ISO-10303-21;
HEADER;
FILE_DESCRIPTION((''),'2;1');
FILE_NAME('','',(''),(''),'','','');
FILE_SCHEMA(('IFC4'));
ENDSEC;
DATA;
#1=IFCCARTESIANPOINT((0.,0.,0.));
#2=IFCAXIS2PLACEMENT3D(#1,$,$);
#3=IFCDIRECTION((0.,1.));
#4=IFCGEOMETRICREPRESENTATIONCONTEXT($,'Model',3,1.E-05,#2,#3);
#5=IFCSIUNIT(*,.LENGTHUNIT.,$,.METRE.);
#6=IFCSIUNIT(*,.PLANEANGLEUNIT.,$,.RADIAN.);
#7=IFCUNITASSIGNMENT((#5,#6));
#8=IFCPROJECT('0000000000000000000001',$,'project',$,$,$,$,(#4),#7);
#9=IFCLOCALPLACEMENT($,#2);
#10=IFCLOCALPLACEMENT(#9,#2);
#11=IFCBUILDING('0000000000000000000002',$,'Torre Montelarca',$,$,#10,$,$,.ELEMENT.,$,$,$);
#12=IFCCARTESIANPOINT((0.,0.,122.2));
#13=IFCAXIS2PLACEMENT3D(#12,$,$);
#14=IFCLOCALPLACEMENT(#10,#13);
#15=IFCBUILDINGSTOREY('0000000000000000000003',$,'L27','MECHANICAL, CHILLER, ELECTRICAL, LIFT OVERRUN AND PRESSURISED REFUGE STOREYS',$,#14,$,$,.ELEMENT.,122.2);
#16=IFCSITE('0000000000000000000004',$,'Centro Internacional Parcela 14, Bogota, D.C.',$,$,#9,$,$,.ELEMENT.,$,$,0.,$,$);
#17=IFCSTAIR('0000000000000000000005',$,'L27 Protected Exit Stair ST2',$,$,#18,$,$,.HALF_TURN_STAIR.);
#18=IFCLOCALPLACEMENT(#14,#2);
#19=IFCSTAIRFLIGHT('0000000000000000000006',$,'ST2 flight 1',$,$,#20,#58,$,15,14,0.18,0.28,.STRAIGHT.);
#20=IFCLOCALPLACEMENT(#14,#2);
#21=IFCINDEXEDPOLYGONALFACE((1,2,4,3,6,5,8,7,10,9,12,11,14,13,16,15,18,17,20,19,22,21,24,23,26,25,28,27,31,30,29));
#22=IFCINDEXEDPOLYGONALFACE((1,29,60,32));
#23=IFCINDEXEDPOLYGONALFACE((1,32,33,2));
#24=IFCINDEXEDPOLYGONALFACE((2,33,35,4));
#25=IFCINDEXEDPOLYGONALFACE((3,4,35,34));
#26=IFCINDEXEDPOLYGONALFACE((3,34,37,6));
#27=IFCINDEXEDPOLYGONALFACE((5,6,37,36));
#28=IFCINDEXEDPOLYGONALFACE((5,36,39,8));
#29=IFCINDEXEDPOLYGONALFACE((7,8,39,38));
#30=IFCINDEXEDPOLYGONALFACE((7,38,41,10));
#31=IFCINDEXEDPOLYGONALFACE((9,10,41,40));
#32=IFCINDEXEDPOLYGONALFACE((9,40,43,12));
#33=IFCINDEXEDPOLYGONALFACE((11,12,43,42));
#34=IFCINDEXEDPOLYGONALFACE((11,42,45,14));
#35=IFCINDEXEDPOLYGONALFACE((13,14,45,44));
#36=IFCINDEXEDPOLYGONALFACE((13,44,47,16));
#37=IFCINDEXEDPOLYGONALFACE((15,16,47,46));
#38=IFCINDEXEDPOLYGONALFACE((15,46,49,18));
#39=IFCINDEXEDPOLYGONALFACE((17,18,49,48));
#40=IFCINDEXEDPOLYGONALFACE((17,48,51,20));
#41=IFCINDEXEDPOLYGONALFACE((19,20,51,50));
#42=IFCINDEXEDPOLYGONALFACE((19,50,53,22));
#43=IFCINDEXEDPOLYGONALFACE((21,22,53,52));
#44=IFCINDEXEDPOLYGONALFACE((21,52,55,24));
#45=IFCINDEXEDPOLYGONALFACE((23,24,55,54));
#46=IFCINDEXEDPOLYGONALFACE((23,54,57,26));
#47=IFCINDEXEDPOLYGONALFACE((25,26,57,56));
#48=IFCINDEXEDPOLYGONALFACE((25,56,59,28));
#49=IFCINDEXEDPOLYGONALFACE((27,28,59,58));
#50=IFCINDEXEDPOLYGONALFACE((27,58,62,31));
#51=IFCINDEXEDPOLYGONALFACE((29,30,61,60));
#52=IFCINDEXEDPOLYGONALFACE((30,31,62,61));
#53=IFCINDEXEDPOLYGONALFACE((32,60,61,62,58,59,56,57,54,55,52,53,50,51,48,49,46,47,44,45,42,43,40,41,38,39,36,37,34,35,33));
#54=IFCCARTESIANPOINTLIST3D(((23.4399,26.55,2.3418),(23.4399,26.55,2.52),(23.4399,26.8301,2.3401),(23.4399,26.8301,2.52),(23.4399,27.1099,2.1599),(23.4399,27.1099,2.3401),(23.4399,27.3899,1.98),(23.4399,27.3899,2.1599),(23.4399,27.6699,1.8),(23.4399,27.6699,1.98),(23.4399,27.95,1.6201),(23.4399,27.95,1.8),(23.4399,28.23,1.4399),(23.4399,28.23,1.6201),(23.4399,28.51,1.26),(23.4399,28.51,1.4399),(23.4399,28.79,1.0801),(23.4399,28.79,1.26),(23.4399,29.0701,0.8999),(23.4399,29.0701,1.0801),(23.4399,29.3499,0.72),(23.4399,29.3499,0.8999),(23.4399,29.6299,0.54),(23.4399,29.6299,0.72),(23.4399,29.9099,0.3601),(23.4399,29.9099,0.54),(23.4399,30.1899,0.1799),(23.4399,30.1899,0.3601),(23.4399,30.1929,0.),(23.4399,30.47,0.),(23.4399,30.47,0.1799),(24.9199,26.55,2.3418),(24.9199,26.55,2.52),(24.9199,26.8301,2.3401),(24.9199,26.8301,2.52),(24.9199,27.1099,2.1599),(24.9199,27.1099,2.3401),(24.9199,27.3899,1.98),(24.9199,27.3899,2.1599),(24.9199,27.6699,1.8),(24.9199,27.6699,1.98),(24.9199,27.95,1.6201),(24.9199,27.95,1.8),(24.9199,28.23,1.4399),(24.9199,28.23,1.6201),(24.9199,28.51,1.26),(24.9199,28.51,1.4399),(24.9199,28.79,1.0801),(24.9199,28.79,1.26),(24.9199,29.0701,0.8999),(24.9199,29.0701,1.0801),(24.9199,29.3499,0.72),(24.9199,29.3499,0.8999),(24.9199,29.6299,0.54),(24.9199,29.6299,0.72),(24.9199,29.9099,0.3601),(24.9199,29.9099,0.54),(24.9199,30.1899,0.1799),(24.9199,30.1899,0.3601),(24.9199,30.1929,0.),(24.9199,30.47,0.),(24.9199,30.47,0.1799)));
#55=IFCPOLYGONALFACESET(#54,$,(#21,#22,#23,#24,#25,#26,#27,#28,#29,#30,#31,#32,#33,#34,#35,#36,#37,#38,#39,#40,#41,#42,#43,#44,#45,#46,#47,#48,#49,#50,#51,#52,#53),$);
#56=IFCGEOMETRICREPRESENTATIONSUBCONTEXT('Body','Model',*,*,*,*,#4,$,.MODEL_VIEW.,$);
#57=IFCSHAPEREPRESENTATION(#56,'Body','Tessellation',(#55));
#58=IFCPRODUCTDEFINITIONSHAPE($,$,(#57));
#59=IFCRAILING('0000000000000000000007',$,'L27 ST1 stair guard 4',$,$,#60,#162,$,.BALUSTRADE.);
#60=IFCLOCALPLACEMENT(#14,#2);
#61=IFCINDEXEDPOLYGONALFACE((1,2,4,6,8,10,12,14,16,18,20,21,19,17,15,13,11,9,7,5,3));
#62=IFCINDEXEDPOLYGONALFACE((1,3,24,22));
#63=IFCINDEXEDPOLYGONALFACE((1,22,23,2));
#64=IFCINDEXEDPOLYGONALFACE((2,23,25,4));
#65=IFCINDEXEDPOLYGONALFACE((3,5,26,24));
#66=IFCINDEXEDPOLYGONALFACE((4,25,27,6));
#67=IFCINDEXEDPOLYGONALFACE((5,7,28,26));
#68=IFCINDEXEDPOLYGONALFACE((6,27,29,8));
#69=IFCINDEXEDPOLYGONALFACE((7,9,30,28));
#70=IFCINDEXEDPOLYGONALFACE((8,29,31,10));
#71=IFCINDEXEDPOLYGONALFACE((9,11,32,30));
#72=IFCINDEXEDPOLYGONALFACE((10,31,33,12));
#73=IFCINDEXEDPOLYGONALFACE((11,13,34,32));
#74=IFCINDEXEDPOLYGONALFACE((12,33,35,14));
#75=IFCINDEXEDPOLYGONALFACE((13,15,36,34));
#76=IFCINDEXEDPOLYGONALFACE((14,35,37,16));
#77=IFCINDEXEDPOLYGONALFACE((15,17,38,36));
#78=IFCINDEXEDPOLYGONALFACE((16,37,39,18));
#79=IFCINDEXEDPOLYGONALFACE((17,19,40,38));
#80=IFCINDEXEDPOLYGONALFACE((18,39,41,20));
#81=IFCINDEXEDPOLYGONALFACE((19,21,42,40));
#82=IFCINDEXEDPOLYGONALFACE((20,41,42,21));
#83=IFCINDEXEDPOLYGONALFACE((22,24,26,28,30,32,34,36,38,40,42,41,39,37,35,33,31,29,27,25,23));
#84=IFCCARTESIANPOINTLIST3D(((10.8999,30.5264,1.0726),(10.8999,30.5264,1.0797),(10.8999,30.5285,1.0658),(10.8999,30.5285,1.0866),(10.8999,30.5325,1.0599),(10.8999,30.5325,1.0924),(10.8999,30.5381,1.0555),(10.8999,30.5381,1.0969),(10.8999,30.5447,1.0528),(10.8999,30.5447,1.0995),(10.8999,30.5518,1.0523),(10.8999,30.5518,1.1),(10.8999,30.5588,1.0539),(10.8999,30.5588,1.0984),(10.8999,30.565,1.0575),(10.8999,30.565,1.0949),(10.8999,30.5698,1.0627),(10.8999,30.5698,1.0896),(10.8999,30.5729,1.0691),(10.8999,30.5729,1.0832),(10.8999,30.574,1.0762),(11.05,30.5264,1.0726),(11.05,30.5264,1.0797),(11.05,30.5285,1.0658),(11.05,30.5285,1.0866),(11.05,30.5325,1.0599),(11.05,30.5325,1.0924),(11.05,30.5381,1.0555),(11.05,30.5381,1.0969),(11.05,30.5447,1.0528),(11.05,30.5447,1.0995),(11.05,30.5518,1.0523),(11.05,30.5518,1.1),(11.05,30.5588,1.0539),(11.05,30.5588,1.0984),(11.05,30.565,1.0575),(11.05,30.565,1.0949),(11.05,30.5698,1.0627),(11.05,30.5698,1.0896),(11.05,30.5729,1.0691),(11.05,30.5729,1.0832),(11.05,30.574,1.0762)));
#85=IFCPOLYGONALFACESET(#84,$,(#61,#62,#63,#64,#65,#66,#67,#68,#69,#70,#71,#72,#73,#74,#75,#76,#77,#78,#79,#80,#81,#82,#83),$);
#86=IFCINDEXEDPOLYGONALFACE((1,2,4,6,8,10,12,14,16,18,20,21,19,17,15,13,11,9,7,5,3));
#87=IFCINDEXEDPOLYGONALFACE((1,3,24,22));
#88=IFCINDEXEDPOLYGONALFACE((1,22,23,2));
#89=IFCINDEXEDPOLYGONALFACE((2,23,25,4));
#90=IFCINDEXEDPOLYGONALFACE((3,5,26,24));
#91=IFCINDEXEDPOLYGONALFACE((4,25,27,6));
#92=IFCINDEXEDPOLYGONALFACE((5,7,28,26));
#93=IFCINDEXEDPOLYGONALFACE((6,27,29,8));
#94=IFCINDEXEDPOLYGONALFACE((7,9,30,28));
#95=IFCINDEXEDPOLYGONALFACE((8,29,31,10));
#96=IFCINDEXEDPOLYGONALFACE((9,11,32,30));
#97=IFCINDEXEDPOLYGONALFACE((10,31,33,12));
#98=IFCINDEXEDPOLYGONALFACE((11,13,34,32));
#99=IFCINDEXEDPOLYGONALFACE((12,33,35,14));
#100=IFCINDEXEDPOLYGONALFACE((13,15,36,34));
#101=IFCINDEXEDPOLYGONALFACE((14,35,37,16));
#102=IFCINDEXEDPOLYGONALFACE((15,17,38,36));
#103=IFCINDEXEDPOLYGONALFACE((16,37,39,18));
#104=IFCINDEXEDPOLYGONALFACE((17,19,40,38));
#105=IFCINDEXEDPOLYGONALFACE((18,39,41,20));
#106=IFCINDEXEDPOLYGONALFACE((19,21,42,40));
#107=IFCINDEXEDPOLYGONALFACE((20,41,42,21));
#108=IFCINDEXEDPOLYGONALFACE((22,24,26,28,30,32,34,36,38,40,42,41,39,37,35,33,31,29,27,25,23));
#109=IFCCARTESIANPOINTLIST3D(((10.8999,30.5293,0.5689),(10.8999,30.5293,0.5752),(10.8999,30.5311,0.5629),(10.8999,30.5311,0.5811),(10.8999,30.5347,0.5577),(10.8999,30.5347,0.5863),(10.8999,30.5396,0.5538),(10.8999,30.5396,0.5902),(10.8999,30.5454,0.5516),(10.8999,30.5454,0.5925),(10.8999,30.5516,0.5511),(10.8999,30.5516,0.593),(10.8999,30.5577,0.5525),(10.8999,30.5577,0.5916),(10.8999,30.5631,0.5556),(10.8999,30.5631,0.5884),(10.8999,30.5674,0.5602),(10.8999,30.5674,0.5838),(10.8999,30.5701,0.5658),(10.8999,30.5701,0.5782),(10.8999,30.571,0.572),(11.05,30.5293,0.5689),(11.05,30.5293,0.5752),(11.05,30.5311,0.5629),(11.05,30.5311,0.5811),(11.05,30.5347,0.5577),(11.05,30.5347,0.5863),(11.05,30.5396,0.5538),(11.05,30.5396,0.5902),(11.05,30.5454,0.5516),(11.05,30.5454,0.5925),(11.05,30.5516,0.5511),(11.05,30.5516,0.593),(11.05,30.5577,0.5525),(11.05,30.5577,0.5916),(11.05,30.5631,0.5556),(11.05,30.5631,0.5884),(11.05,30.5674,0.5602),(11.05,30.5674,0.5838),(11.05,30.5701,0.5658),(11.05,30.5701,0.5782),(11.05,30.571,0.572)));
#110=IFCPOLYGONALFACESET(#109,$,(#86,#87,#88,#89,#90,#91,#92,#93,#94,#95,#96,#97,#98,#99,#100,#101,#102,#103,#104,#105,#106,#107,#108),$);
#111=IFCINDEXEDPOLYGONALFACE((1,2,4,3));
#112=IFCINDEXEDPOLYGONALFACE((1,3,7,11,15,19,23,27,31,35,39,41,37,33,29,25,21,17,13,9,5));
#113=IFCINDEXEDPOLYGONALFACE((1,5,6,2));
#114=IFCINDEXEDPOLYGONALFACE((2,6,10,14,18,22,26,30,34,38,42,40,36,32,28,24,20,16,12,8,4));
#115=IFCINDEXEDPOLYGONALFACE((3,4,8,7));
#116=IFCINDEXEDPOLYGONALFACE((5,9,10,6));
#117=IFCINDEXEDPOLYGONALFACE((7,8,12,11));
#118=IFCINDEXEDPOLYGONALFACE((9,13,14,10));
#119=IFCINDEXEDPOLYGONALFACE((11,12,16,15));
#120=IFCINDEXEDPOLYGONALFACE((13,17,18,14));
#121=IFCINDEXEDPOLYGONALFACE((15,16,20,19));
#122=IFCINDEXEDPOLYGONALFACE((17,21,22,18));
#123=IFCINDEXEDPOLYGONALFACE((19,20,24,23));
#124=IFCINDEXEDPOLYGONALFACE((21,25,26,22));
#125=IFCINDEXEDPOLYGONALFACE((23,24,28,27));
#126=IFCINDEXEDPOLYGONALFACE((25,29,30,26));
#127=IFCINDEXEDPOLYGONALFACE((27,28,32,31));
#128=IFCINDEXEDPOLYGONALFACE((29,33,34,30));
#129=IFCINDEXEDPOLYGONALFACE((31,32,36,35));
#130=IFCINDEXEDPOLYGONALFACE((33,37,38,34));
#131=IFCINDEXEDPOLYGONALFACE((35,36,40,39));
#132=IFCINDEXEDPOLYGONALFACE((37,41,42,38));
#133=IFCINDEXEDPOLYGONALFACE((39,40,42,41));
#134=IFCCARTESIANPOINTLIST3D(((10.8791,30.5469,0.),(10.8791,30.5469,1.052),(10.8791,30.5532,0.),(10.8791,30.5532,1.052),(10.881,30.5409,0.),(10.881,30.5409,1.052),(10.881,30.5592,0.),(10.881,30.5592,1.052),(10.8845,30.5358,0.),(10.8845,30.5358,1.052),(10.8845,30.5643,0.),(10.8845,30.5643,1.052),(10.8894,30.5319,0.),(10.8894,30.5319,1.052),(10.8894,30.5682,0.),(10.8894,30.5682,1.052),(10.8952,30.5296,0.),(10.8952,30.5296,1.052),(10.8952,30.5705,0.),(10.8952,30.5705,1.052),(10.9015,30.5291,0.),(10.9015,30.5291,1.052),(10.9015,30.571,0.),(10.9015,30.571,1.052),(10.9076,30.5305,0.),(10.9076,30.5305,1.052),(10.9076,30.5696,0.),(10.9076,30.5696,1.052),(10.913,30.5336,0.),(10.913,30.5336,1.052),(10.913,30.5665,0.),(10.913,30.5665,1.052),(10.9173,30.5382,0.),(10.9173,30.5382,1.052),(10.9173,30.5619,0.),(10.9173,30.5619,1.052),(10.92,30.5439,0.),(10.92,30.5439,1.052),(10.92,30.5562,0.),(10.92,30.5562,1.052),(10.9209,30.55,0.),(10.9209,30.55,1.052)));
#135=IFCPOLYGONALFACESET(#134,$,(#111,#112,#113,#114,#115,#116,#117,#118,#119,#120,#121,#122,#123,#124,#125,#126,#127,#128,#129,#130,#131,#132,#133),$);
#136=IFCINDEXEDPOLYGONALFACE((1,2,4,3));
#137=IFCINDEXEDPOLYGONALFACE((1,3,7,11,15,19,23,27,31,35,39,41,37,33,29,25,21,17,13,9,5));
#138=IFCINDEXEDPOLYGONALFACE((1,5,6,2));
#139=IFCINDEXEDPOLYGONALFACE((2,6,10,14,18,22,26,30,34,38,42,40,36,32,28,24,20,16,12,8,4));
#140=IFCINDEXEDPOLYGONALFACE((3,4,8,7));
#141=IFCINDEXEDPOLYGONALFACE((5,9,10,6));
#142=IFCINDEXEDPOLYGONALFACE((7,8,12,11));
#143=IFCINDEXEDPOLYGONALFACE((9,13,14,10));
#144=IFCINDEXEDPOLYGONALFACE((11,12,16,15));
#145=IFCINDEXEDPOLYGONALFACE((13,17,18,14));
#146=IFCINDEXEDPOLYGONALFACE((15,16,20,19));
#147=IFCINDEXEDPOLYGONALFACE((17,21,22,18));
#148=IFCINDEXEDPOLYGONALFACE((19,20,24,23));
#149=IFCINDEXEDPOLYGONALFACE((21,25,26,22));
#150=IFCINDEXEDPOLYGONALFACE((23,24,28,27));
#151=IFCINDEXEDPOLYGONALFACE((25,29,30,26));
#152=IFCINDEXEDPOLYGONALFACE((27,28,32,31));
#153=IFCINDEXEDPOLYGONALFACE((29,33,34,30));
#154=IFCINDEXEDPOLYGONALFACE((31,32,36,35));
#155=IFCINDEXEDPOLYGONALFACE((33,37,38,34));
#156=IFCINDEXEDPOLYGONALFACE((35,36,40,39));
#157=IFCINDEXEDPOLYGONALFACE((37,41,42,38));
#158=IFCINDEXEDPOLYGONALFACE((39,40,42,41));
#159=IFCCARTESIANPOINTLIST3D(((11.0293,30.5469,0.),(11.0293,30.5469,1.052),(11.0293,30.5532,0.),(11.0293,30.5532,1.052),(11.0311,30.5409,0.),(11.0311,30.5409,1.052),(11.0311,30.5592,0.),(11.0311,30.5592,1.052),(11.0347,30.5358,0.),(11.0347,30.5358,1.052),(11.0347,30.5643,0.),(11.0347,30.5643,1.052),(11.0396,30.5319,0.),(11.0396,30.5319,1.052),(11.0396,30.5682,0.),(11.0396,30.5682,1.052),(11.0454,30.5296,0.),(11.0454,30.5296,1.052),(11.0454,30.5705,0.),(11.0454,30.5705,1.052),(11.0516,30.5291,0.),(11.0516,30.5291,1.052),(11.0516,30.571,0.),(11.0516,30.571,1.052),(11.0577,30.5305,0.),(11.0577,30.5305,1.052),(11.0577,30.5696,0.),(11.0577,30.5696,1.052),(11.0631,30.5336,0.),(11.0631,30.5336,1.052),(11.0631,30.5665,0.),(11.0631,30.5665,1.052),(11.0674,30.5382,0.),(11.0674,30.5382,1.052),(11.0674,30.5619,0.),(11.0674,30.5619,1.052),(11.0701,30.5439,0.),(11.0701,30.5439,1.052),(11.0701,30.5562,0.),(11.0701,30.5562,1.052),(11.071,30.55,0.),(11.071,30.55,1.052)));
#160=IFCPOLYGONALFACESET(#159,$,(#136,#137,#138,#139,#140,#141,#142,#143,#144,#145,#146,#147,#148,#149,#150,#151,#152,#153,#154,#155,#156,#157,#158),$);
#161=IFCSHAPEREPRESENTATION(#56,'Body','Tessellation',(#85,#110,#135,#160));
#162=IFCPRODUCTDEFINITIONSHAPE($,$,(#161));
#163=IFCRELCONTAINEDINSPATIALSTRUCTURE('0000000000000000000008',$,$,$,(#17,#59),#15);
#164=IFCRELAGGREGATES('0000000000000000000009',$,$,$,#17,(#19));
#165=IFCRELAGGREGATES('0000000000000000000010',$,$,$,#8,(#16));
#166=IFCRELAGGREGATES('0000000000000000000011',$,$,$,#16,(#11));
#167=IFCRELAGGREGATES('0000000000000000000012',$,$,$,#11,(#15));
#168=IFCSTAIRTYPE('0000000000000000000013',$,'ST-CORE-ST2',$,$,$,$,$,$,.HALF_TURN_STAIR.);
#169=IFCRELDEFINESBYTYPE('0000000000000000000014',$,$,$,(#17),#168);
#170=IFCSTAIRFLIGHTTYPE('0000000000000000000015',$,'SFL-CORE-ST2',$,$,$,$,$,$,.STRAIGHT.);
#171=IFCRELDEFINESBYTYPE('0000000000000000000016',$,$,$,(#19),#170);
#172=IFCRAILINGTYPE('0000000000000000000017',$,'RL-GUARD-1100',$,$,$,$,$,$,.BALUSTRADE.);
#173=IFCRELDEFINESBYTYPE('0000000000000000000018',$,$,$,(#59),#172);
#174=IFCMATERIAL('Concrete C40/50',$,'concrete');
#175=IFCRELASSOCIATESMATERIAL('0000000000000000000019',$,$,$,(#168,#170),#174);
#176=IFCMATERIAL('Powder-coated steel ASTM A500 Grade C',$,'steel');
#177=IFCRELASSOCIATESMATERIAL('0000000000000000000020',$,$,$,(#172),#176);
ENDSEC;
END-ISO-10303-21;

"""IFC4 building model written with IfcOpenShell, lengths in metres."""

from ifc_helpers import new_model, si_unit, direction, frame, origin, origin_2d, place, context, subcontext, project, spatial, polyline, circle, outline, extrude, material, type_object, element, aggregate, save


model = new_model("IFC4")

# Units and contexts
model_context = context("Model", 3, precision=1e-05, world=origin(), true_north=direction((0.0, 1.0)))
body_context = subcontext(model_context, "Body", "Model", "MODEL_VIEW")
ifc_project = project(units=[si_unit("LENGTHUNIT", "METRE"), si_unit("PLANEANGLEUNIT", "RADIAN")], contexts=[model_context])

# Site, building, storey
site_placement = place(None, origin())
site = spatial("IfcSite", under=ifc_project, at=site_placement, Name="Centro Internacional Parcela 14, Bogota, D.C.", CompositionType="ELEMENT", RefElevation=0.0)
building_placement = place(site_placement, origin())
building = spatial("IfcBuilding", under=site, at=building_placement, Name="Torre Montelarca", CompositionType="ELEMENT")
storey_placement = place(building_placement, frame((0.0, 0.0, 122.2)))
storey = spatial("IfcBuildingStorey", under=building, at=storey_placement, Name="L27", Description="MECHANICAL, CHILLER, ELECTRICAL, LIFT OVERRUN AND PRESSURISED REFUGE STOREYS", CompositionType="ELEMENT", Elevation=122.2)

# Shared definitions
ifc_material_1 = material(Name="Concrete C40/50", Category="concrete")

# Stair, stair flight
stair_type_1 = type_object("IfcStairType", Name="ST-CORE-ST2", PredefinedType="HALF_TURN_STAIR", material=ifc_material_1)
stair_1_placement = place(storey_placement, origin())
stair_1 = element("IfcStair", 1, at=stair_1_placement, inside=storey, type_object=stair_type_1, Name="L27 Protected Exit Stair ST2", PredefinedType="HALF_TURN_STAIR")
stair_flight_type_1 = type_object("IfcStairFlightType", Name="SFL-CORE-ST2", PredefinedType="STRAIGHT", material=ifc_material_1)
stair_flight_1_placement = place(storey_placement, frame((24.1799, 30.47, 0.0), z_axis=(0.0, 0.0, 1.0), x_axis=(0.0, -1.0, 0.0)))
stair_flight_1 = element("IfcStairFlight", 2, at=stair_flight_1_placement, type_object=stair_flight_type_1, Name="ST2 flight 1", NumberOfRisers=15, NumberOfTreads=14, PredefinedType="STRAIGHT", RiserHeight=0.18, TreadLength=0.28, context=body_context, shape_type="SweptSolid", body=[
    extrude(outline(polyline([(0.0, 0.0), (0.0, 0.1799), (0.28, 0.1799), (0.28, 0.3601), (0.5601, 0.3601), (0.5601, 0.54), (0.8401, 0.54), (0.8401, 0.72), (1.1201, 0.72), (1.1201, 0.8999), (1.3999, 0.8999), (1.3999, 1.0801), (1.6799, 1.0801), (1.6799, 1.26), (1.96, 1.26), (1.96, 1.4399), (2.24, 1.4399), (2.24, 1.6201), (2.52, 1.6201), (2.52, 1.8), (2.8, 1.8), (2.8, 1.98), (3.0801, 1.98), (3.0801, 2.1599), (3.3601, 2.1599), (3.3601, 2.3401), (3.6399, 2.3401), (3.6399, 2.52), (3.9199, 2.52), (3.9199, 2.7), (3.9199, 2.3418), (0.2771, 0.0), (0.0, 0.0)])), frame((0.0, 0.74, 0.0), z_axis=(0.0, -1.0, 0.0), x_axis=(1.0, 0.0, 0.0)), (0.0, 0.0, 1.0), 1.48),
])
aggregate(stair_1, [stair_flight_1])

# Railing
ifc_material_2 = material(Name="Powder-coated steel ASTM A500 Grade C", Category="steel")
railing_type_1 = type_object("IfcRailingType", Name="RL-GUARD-1100", PredefinedType="BALUSTRADE", material=ifc_material_2)
railing_1_placement = place(storey_placement, frame((10.8999, 30.55, 0.0)))
element("IfcRailing", 3, at=railing_1_placement, inside=storey, type_object=railing_type_1, Name="L27 ST1 stair guard 4", PredefinedType="BALUSTRADE", context=body_context, shape_type="SweptSolid", body=[
    extrude(circle(Radius=0.0239, at=origin_2d()), frame((0.0, 0.0, 1.0762), z_axis=(1.0, 0.0, 0.0), x_axis=(0.0, 1.0, 0.0)), (0.0, 0.0, 1.0), 0.1501),
    extrude(circle(Radius=0.021, at=origin_2d()), frame((0.0, 0.0, 0.572), z_axis=(1.0, 0.0, 0.0), x_axis=(0.0, 1.0, 0.0)), (0.0, 0.0, 1.0), 0.1501),
    extrude(circle(Radius=0.021, at=origin_2d()), origin(), (0.0, 0.0, 1.0), 1.052),
    extrude(circle(Radius=0.021, at=origin_2d()), frame((0.1501, 0.0, 0.0)), (0.0, 0.0, 1.0), 1.052),
])

save(model, "model.ifc")
